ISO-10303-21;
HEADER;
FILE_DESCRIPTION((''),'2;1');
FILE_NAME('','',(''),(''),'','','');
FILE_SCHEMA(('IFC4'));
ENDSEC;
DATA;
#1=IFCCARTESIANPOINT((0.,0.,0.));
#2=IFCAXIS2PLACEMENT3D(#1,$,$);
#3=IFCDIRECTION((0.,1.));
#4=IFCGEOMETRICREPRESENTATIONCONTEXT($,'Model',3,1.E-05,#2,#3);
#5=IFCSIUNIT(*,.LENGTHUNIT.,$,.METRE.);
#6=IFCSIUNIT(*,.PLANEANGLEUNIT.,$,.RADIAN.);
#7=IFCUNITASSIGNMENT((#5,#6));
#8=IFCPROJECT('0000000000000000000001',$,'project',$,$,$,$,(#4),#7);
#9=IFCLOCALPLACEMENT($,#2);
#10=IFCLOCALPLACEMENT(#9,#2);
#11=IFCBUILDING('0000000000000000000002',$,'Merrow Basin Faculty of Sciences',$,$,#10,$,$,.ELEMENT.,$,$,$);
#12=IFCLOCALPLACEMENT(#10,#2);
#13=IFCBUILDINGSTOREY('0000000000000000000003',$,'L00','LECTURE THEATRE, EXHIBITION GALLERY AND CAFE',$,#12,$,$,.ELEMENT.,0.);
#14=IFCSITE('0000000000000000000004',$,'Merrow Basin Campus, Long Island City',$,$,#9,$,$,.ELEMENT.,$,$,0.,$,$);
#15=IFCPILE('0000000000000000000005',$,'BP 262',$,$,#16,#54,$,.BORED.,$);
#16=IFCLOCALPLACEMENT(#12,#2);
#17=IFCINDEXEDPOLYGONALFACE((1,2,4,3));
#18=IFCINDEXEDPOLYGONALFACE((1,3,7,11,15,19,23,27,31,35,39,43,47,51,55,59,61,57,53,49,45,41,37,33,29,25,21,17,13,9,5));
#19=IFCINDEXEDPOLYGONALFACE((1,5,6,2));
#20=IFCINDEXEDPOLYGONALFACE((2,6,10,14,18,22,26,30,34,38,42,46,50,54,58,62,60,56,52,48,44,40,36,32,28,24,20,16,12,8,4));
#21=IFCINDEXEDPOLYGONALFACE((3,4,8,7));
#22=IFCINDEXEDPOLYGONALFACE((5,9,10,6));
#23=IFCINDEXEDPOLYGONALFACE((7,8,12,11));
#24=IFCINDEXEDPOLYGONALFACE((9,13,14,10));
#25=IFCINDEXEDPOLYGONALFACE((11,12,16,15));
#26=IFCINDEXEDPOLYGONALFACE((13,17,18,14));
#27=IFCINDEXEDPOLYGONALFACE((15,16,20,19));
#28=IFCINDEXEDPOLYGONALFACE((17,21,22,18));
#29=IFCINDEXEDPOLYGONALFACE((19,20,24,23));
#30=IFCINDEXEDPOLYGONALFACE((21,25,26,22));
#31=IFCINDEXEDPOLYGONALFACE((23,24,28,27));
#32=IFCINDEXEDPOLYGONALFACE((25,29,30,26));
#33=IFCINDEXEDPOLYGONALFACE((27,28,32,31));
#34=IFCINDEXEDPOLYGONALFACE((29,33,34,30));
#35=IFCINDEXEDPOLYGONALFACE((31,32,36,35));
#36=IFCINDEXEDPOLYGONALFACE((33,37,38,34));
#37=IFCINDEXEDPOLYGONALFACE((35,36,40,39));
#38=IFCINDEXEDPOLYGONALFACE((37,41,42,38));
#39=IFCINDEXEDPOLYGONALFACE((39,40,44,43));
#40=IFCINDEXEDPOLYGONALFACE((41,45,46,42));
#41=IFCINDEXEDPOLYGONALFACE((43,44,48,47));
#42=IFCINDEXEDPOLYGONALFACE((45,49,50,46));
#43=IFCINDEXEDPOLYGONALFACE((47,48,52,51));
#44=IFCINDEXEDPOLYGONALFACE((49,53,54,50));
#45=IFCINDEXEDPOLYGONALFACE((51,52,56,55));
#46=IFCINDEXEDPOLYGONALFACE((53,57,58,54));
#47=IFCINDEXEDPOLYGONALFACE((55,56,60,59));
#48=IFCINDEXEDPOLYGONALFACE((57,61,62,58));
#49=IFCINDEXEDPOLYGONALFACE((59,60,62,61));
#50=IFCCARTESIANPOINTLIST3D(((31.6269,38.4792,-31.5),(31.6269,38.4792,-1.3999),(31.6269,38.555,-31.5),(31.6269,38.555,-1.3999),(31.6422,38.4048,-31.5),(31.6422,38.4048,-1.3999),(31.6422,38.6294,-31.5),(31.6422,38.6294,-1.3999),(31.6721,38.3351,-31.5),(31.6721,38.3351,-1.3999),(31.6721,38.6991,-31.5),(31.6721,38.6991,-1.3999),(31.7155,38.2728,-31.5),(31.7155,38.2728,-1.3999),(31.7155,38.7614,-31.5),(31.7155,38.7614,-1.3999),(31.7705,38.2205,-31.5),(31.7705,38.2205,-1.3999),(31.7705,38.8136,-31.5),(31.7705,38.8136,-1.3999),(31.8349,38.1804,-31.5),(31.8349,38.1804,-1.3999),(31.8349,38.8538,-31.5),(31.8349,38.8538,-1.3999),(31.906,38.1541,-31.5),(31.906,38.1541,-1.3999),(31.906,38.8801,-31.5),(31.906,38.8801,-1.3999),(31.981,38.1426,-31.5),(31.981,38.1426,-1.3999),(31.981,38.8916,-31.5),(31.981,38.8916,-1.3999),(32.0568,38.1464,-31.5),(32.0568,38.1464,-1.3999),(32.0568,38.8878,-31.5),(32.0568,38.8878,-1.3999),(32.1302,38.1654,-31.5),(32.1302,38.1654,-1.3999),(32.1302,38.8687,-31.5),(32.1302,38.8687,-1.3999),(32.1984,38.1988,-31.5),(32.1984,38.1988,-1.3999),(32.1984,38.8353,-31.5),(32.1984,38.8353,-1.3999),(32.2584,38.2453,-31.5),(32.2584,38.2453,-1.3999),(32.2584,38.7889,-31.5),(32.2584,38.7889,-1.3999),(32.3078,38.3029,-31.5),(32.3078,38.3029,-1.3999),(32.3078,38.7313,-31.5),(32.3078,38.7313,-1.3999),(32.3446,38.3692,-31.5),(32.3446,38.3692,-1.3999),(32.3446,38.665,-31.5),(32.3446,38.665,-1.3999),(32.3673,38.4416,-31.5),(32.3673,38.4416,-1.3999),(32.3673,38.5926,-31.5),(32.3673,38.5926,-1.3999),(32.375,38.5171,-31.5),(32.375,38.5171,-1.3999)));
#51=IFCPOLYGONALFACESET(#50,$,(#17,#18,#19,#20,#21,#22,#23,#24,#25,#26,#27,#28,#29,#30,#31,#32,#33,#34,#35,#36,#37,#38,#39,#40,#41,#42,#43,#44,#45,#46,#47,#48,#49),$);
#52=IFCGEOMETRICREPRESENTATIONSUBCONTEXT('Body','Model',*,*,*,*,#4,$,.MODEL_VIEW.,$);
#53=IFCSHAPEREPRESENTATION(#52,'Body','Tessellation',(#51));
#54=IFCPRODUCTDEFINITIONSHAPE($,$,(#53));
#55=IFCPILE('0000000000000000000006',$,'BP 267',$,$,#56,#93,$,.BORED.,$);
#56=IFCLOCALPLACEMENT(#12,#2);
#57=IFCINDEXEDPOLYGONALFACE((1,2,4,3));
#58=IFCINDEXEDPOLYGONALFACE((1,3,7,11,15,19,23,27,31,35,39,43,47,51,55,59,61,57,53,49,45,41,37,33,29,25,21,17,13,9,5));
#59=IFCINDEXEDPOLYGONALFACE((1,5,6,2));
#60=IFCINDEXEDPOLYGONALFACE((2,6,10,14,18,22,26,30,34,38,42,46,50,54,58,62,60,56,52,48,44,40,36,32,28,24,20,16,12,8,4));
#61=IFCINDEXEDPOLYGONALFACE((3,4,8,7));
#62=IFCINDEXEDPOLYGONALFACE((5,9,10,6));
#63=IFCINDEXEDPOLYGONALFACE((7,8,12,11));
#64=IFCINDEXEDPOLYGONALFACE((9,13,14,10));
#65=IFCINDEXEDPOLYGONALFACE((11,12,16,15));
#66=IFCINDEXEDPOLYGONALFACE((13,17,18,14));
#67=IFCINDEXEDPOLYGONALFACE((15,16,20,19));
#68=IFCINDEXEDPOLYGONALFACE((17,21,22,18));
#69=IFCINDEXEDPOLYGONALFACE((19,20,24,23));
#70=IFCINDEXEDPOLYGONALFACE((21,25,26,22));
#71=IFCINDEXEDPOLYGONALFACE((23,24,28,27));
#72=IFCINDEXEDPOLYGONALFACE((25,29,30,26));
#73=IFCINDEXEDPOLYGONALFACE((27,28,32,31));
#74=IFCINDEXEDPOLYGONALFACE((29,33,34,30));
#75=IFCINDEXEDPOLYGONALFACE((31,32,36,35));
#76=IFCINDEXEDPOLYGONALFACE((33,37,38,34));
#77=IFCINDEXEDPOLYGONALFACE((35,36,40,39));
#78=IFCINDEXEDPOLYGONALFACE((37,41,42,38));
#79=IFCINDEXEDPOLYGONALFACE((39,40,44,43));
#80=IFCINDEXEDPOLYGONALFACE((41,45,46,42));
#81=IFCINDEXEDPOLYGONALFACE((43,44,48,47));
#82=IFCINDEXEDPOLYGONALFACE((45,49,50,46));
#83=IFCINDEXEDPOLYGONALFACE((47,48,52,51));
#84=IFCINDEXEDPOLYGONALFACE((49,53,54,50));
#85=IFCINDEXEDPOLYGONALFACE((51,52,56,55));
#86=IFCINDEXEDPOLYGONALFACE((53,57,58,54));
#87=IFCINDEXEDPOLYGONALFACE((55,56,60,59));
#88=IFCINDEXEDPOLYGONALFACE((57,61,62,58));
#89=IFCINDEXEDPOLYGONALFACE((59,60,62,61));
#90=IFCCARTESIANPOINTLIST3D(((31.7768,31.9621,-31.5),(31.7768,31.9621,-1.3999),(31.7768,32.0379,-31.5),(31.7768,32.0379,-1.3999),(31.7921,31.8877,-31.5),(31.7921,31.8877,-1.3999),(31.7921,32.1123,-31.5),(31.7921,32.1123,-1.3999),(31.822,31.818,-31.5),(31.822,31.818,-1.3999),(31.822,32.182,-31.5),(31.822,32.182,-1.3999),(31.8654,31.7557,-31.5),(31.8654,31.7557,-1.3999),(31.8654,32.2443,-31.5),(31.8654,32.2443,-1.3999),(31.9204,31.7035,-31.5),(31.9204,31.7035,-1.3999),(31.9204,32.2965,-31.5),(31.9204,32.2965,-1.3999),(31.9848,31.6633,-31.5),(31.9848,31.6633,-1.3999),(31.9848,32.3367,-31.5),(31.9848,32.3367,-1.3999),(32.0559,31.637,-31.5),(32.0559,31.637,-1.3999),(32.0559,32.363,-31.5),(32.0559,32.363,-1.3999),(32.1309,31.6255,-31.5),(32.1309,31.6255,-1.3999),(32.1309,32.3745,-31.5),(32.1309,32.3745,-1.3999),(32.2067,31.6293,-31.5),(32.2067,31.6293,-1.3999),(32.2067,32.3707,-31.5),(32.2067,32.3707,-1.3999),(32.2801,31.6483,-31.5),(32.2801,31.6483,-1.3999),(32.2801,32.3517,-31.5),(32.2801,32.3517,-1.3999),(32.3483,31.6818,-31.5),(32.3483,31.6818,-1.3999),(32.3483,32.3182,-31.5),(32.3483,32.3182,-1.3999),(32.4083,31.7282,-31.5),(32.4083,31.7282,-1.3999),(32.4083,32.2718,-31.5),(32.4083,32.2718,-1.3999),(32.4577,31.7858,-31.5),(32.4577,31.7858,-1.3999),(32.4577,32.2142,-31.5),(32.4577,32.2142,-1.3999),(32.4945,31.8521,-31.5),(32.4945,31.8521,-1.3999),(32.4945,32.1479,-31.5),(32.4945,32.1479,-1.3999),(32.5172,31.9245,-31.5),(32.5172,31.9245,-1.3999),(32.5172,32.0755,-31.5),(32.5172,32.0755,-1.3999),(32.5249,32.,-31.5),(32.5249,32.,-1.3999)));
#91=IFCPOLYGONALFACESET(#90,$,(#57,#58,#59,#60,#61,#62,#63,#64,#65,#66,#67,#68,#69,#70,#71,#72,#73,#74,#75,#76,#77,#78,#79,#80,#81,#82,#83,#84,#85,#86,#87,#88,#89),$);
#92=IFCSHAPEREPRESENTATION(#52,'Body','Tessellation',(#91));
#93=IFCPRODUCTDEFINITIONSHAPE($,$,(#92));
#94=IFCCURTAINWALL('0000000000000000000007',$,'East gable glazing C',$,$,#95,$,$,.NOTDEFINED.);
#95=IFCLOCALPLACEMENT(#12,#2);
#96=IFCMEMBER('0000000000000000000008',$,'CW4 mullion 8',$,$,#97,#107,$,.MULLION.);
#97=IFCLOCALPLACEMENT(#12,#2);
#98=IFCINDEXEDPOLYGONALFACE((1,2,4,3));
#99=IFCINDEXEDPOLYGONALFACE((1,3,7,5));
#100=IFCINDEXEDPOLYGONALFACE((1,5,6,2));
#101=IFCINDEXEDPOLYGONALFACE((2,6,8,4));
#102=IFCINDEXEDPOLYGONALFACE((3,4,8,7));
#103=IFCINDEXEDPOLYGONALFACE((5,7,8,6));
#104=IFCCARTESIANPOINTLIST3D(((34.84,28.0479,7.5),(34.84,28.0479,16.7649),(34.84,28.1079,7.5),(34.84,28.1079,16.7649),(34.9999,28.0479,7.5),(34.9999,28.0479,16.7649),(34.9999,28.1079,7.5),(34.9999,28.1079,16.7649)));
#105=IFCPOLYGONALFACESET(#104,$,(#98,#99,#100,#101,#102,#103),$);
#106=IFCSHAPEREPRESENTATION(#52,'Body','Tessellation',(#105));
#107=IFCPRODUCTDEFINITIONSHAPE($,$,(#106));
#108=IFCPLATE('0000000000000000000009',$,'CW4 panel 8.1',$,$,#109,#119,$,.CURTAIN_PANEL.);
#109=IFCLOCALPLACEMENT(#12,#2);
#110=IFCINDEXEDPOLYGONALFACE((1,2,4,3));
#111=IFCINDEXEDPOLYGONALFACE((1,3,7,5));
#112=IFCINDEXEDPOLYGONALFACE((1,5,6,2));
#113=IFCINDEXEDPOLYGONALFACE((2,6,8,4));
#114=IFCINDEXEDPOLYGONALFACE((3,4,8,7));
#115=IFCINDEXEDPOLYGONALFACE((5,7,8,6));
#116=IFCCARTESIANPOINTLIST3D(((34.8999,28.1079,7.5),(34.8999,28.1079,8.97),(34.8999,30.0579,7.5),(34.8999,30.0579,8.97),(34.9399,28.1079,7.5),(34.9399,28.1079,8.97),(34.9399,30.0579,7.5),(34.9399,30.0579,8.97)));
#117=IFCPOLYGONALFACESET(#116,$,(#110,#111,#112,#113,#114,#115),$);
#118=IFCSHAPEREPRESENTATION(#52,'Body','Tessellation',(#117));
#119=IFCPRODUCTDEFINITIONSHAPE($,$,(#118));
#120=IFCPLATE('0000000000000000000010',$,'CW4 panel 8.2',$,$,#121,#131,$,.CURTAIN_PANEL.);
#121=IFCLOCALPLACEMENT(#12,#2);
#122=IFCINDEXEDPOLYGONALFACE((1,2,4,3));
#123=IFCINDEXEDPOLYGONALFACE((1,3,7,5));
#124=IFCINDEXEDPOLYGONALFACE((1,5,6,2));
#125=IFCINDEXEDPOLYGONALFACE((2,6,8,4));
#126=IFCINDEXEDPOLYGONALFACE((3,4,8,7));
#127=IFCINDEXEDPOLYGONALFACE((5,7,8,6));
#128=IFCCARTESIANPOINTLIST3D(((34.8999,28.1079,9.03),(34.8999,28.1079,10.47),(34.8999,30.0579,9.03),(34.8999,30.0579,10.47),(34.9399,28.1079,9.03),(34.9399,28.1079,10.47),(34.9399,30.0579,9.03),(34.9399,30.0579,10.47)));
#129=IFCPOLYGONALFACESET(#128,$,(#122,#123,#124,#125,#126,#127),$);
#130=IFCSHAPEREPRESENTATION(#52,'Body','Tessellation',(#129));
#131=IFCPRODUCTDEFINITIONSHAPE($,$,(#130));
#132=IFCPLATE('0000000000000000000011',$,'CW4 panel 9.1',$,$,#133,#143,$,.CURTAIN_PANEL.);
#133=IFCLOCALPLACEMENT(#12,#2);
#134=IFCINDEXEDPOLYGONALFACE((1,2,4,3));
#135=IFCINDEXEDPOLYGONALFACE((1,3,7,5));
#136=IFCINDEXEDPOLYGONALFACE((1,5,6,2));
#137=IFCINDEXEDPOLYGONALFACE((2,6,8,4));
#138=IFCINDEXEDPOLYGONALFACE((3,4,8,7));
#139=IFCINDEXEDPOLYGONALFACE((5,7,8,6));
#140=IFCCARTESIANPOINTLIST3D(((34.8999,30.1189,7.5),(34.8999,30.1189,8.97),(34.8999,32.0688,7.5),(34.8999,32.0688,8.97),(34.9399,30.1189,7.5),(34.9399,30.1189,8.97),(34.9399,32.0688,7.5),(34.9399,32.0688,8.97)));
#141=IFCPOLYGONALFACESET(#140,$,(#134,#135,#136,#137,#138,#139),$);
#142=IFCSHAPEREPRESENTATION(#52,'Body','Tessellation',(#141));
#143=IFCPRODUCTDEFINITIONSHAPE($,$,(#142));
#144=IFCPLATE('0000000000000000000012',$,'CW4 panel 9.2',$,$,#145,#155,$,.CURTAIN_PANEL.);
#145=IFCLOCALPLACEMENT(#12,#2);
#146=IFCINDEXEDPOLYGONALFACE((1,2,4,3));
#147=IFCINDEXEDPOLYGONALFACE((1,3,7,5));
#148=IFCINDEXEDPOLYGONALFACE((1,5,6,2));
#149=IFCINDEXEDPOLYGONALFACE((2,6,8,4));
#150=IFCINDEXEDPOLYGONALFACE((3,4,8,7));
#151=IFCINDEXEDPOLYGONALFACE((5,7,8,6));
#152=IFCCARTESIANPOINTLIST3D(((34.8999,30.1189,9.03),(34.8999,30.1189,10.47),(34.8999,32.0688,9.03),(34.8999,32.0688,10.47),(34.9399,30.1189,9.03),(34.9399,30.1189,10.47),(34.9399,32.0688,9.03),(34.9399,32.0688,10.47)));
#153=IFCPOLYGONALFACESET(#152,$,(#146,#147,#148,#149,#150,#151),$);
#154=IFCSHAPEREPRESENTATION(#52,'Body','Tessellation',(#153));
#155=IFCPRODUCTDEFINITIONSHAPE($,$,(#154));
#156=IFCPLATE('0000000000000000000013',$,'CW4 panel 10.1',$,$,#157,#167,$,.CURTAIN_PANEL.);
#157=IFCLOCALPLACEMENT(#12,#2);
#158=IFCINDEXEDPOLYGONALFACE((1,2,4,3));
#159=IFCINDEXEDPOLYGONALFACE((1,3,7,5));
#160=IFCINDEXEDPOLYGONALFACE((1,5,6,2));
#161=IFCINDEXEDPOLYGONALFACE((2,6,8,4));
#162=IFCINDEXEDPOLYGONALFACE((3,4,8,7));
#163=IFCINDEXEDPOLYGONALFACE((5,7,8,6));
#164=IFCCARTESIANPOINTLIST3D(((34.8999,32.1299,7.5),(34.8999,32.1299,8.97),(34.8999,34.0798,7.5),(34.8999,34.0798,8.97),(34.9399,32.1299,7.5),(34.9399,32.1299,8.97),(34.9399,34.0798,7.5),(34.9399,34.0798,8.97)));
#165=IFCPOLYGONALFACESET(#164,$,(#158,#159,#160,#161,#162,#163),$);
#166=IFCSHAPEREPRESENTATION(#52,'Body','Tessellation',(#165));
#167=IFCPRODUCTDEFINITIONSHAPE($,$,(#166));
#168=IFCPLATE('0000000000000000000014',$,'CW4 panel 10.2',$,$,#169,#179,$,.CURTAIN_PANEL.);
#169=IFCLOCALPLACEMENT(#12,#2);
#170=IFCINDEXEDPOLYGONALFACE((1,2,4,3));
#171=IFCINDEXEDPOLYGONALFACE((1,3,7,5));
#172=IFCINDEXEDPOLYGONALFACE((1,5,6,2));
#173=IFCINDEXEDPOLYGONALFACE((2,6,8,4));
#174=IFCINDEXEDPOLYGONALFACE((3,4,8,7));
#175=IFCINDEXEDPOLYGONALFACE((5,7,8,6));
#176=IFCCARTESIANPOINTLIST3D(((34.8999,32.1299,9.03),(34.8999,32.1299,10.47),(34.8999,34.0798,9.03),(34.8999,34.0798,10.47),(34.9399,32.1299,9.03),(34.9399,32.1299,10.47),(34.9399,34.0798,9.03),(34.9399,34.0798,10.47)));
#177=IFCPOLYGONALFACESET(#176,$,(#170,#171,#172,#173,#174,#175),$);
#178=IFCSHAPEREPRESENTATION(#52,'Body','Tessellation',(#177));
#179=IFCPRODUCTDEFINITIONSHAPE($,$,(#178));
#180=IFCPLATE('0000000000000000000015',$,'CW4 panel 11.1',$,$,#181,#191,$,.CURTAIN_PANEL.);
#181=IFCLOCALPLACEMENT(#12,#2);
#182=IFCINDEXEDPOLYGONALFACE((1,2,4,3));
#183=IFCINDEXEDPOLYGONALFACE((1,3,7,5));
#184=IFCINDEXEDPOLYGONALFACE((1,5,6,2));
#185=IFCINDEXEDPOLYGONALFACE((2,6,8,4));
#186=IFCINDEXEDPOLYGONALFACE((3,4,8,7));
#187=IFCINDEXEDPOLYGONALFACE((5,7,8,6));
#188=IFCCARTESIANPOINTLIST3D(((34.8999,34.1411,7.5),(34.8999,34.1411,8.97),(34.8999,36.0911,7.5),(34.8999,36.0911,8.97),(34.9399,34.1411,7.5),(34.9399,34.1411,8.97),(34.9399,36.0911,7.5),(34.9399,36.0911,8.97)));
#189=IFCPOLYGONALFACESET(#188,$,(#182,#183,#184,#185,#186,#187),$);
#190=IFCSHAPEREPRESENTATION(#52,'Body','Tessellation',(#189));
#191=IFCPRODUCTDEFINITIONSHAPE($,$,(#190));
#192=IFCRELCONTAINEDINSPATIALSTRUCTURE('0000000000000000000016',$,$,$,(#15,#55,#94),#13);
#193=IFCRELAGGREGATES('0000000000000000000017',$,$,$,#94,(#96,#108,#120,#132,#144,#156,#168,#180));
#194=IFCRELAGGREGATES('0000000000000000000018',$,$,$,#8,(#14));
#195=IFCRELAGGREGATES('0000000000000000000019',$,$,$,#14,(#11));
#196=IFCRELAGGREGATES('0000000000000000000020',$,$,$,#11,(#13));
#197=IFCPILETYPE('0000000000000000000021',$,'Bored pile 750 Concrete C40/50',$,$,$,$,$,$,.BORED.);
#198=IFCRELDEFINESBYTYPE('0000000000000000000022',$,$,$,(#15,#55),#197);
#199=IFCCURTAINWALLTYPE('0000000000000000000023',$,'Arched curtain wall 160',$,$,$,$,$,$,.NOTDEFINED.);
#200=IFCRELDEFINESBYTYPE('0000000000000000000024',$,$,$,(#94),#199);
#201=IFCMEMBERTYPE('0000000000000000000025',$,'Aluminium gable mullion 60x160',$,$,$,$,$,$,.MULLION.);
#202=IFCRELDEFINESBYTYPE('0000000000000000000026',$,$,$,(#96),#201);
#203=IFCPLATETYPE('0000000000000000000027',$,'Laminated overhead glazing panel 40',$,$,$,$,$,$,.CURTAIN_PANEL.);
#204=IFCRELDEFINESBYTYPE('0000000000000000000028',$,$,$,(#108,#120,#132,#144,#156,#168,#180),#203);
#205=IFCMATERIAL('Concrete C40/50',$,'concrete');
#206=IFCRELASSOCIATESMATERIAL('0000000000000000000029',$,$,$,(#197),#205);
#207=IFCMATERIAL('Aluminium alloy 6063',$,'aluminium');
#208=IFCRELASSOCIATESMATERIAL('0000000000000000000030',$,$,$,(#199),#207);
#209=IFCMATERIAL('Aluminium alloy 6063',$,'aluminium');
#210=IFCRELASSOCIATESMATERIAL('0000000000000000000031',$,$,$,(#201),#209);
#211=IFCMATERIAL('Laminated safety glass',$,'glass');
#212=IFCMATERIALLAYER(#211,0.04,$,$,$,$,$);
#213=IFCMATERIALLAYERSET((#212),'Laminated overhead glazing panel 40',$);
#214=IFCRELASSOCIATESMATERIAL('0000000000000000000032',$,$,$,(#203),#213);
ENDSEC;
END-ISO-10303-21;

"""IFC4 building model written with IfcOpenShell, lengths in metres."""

from ifc_helpers import new_model, si_unit, direction, frame, origin, origin_2d, place, context, subcontext, project, spatial, polyline, rectangle, circle, outline, extrude, material, layer, layer_set, material_profile, profile_set, type_object, element, aggregate, save


model = new_model("IFC4")

# Units and contexts
model_context = context("Model", 3, precision=1e-05, world=origin(), true_north=direction((0.0, 1.0)))
body_context = subcontext(model_context, "Body", "Model", "MODEL_VIEW")
ifc_project = project(units=[si_unit("LENGTHUNIT", "METRE"), si_unit("PLANEANGLEUNIT", "RADIAN")], contexts=[model_context])

# Site, building, storey
site_placement = place(None, origin())
site = spatial("IfcSite", under=ifc_project, at=site_placement, Name="Merrow Basin Campus, Long Island City", CompositionType="ELEMENT", RefElevation=0.0)
building_placement = place(site_placement, origin())
building = spatial("IfcBuilding", under=site, at=building_placement, Name="Merrow Basin Faculty of Sciences", CompositionType="ELEMENT")
storey_placement = place(building_placement, origin())
storey = spatial("IfcBuildingStorey", under=building, at=storey_placement, Name="L00", Description="LECTURE THEATRE, EXHIBITION GALLERY AND CAFE", CompositionType="ELEMENT", Elevation=0.0)

# Piles
ifc_material_1 = material(Name="Concrete C40/50", Category="concrete")
ifc_material_profile_1 = material_profile(ifc_material_1, circle(Radius=0.375, at=origin_2d()))
ifc_profile_set_1 = profile_set([ifc_material_profile_1], Name="Concrete C40/50")
pile_type = type_object("IfcPileType", Name="Bored pile 750 Concrete C40/50", PredefinedType="BORED", material=ifc_profile_set_1)
for number, where, z_axis, x_axis, name in (
    (1, (32.0, 38.5171, -1.3999), (0.0, 0.0, -1.0), (1.0, 0.0, 0.0), "BP 262"),
    (2, (32.1499, 32.0, -1.3999), (0.0, 0.0, -1.0), (1.0, 0.0, 0.0), "BP 267"),
):
    element("IfcPile", number, at=place(storey_placement, frame(where, z_axis=z_axis, x_axis=x_axis)), inside=storey, type_object=pile_type, Name=name, PredefinedType="BORED", context=body_context, shape_type="SweptSolid", body=[
        extrude(circle(Radius=0.375, at=origin_2d()), origin(), (0.0, 0.0, 1.0), 30.1001),
    ])

# Curtain wall, member, plates
ifc_material_2 = material(Name="Aluminium alloy 6063", Category="aluminium")
curtain_wall_type = type_object("IfcCurtainWallType", Name="Arched curtain wall 160", PredefinedType="NOTDEFINED", material=ifc_material_2)
curtain_wall_placement = place(storey_placement, origin())
curtain_wall = element("IfcCurtainWall", 3, at=curtain_wall_placement, inside=storey, type_object=curtain_wall_type, Name="East gable glazing C", PredefinedType="NOTDEFINED")
ifc_material_3 = material(Name="Aluminium alloy 6063", Category="aluminium")
ifc_material_profile_2 = material_profile(ifc_material_3, rectangle(XDim=0.1599, YDim=0.0601, at=origin_2d()))
ifc_profile_set_2 = profile_set([ifc_material_profile_2], Name="Aluminium alloy 6063")
member_type = type_object("IfcMemberType", Name="Aluminium gable mullion 60x160", PredefinedType="MULLION", material=ifc_profile_set_2)
member_placement = place(storey_placement, frame((34.9199, 28.0779, 7.5), z_axis=(0.0, 0.0, 1.0), x_axis=(1.0, 0.0, 0.0)))
member = element("IfcMember", 4, at=member_placement, type_object=member_type, Name="CW4 mullion 8", PredefinedType="MULLION", context=body_context, shape_type="SweptSolid", body=[
    extrude(rectangle(XDim=0.1599, YDim=0.0601, at=origin_2d()), origin(), (0.0, 0.0, 1.0), 9.2649),
])
ifc_material_4 = material(Name="Laminated safety glass", Category="glass")
ifc_layer_1 = layer(ifc_material_4, 0.04)
ifc_layer_set_1 = layer_set([ifc_layer_1], Name="Laminated overhead glazing panel 40")
plate_type = type_object("IfcPlateType", Name="Laminated overhead glazing panel 40", PredefinedType="CURTAIN_PANEL", material=ifc_layer_set_1)
plate_1_placement = place(storey_placement, frame((34.8999, 28.1079, 7.5), z_axis=(1.0, 0.0, 0.0), x_axis=(0.0, 1.0, 0.0)))
plate_1 = element("IfcPlate", 5, at=plate_1_placement, type_object=plate_type, Name="CW4 panel 8.1", PredefinedType="CURTAIN_PANEL", context=body_context, shape_type="SweptSolid", body=[
    extrude(outline(polyline([(0.0, 0.0), (1.95, 0.0), (1.95, 1.47), (0.0, 1.47), (0.0, 0.0)])), origin(), (0.0, 0.0, 1.0), 0.04),
])
plate_2_placement = place(storey_placement, frame((34.8999, 28.1079, 9.03), z_axis=(1.0, 0.0, 0.0), x_axis=(0.0, 1.0, 0.0)))
plate_2 = element("IfcPlate", 6, at=plate_2_placement, type_object=plate_type, Name="CW4 panel 8.2", PredefinedType="CURTAIN_PANEL", context=body_context, shape_type="SweptSolid", body=[
    extrude(outline(polyline([(0.0, 0.0), (1.95, 0.0), (1.95, 1.4399), (0.0, 1.4399), (0.0, 0.0)])), origin(), (0.0, 0.0, 1.0), 0.04),
])
plate_3_placement = place(storey_placement, frame((34.8999, 30.1189, 7.5), z_axis=(1.0, 0.0, 0.0), x_axis=(0.0, 1.0, 0.0)))
plate_3 = element("IfcPlate", 7, at=plate_3_placement, type_object=plate_type, Name="CW4 panel 9.1", PredefinedType="CURTAIN_PANEL", context=body_context, shape_type="SweptSolid", body=[
    extrude(outline(polyline([(0.0, 0.0), (1.95, 0.0), (1.95, 1.47), (0.0, 1.47), (0.0, 0.0)])), origin(), (0.0, 0.0, 1.0), 0.04),
])
plate_4_placement = place(storey_placement, frame((34.8999, 30.1189, 9.03), z_axis=(1.0, 0.0, 0.0), x_axis=(0.0, 1.0, 0.0)))
plate_4 = element("IfcPlate", 8, at=plate_4_placement, type_object=plate_type, Name="CW4 panel 9.2", PredefinedType="CURTAIN_PANEL", context=body_context, shape_type="SweptSolid", body=[
    extrude(outline(polyline([(0.0, 0.0), (1.95, 0.0), (1.95, 1.4399), (0.0, 1.4399), (0.0, 0.0)])), origin(), (0.0, 0.0, 1.0), 0.04),
])
plate_5_placement = place(storey_placement, frame((34.8999, 32.1299, 7.5), z_axis=(1.0, 0.0, 0.0), x_axis=(0.0, 1.0, 0.0)))
plate_5 = element("IfcPlate", 9, at=plate_5_placement, type_object=plate_type, Name="CW4 panel 10.1", PredefinedType="CURTAIN_PANEL", context=body_context, shape_type="SweptSolid", body=[
    extrude(outline(polyline([(0.0, 0.0), (1.95, 0.0), (1.95, 1.47), (0.0, 1.47), (0.0, 0.0)])), origin(), (0.0, 0.0, 1.0), 0.04),
])
plate_6_placement = place(storey_placement, frame((34.8999, 32.1299, 9.03), z_axis=(1.0, 0.0, 0.0), x_axis=(0.0, 1.0, 0.0)))
plate_6 = element("IfcPlate", 10, at=plate_6_placement, type_object=plate_type, Name="CW4 panel 10.2", PredefinedType="CURTAIN_PANEL", context=body_context, shape_type="SweptSolid", body=[
    extrude(outline(polyline([(0.0, 0.0), (1.95, 0.0), (1.95, 1.4399), (0.0, 1.4399), (0.0, 0.0)])), origin(), (0.0, 0.0, 1.0), 0.04),
])
plate_7_placement = place(storey_placement, frame((34.8999, 34.1411, 7.5), z_axis=(1.0, 0.0, 0.0), x_axis=(0.0, 1.0, 0.0)))
plate_7 = element("IfcPlate", 11, at=plate_7_placement, type_object=plate_type, Name="CW4 panel 11.1", PredefinedType="CURTAIN_PANEL", context=body_context, shape_type="SweptSolid", body=[
    extrude(outline(polyline([(0.0, 0.0), (1.95, 0.0), (1.95, 1.47), (0.0, 1.47), (0.0, 0.0)])), origin(), (0.0, 0.0, 1.0), 0.04),
])
aggregate(curtain_wall, [member, plate_1, plate_2, plate_3, plate_4, plate_5, plate_6, plate_7])

save(model, "model.ifc")
